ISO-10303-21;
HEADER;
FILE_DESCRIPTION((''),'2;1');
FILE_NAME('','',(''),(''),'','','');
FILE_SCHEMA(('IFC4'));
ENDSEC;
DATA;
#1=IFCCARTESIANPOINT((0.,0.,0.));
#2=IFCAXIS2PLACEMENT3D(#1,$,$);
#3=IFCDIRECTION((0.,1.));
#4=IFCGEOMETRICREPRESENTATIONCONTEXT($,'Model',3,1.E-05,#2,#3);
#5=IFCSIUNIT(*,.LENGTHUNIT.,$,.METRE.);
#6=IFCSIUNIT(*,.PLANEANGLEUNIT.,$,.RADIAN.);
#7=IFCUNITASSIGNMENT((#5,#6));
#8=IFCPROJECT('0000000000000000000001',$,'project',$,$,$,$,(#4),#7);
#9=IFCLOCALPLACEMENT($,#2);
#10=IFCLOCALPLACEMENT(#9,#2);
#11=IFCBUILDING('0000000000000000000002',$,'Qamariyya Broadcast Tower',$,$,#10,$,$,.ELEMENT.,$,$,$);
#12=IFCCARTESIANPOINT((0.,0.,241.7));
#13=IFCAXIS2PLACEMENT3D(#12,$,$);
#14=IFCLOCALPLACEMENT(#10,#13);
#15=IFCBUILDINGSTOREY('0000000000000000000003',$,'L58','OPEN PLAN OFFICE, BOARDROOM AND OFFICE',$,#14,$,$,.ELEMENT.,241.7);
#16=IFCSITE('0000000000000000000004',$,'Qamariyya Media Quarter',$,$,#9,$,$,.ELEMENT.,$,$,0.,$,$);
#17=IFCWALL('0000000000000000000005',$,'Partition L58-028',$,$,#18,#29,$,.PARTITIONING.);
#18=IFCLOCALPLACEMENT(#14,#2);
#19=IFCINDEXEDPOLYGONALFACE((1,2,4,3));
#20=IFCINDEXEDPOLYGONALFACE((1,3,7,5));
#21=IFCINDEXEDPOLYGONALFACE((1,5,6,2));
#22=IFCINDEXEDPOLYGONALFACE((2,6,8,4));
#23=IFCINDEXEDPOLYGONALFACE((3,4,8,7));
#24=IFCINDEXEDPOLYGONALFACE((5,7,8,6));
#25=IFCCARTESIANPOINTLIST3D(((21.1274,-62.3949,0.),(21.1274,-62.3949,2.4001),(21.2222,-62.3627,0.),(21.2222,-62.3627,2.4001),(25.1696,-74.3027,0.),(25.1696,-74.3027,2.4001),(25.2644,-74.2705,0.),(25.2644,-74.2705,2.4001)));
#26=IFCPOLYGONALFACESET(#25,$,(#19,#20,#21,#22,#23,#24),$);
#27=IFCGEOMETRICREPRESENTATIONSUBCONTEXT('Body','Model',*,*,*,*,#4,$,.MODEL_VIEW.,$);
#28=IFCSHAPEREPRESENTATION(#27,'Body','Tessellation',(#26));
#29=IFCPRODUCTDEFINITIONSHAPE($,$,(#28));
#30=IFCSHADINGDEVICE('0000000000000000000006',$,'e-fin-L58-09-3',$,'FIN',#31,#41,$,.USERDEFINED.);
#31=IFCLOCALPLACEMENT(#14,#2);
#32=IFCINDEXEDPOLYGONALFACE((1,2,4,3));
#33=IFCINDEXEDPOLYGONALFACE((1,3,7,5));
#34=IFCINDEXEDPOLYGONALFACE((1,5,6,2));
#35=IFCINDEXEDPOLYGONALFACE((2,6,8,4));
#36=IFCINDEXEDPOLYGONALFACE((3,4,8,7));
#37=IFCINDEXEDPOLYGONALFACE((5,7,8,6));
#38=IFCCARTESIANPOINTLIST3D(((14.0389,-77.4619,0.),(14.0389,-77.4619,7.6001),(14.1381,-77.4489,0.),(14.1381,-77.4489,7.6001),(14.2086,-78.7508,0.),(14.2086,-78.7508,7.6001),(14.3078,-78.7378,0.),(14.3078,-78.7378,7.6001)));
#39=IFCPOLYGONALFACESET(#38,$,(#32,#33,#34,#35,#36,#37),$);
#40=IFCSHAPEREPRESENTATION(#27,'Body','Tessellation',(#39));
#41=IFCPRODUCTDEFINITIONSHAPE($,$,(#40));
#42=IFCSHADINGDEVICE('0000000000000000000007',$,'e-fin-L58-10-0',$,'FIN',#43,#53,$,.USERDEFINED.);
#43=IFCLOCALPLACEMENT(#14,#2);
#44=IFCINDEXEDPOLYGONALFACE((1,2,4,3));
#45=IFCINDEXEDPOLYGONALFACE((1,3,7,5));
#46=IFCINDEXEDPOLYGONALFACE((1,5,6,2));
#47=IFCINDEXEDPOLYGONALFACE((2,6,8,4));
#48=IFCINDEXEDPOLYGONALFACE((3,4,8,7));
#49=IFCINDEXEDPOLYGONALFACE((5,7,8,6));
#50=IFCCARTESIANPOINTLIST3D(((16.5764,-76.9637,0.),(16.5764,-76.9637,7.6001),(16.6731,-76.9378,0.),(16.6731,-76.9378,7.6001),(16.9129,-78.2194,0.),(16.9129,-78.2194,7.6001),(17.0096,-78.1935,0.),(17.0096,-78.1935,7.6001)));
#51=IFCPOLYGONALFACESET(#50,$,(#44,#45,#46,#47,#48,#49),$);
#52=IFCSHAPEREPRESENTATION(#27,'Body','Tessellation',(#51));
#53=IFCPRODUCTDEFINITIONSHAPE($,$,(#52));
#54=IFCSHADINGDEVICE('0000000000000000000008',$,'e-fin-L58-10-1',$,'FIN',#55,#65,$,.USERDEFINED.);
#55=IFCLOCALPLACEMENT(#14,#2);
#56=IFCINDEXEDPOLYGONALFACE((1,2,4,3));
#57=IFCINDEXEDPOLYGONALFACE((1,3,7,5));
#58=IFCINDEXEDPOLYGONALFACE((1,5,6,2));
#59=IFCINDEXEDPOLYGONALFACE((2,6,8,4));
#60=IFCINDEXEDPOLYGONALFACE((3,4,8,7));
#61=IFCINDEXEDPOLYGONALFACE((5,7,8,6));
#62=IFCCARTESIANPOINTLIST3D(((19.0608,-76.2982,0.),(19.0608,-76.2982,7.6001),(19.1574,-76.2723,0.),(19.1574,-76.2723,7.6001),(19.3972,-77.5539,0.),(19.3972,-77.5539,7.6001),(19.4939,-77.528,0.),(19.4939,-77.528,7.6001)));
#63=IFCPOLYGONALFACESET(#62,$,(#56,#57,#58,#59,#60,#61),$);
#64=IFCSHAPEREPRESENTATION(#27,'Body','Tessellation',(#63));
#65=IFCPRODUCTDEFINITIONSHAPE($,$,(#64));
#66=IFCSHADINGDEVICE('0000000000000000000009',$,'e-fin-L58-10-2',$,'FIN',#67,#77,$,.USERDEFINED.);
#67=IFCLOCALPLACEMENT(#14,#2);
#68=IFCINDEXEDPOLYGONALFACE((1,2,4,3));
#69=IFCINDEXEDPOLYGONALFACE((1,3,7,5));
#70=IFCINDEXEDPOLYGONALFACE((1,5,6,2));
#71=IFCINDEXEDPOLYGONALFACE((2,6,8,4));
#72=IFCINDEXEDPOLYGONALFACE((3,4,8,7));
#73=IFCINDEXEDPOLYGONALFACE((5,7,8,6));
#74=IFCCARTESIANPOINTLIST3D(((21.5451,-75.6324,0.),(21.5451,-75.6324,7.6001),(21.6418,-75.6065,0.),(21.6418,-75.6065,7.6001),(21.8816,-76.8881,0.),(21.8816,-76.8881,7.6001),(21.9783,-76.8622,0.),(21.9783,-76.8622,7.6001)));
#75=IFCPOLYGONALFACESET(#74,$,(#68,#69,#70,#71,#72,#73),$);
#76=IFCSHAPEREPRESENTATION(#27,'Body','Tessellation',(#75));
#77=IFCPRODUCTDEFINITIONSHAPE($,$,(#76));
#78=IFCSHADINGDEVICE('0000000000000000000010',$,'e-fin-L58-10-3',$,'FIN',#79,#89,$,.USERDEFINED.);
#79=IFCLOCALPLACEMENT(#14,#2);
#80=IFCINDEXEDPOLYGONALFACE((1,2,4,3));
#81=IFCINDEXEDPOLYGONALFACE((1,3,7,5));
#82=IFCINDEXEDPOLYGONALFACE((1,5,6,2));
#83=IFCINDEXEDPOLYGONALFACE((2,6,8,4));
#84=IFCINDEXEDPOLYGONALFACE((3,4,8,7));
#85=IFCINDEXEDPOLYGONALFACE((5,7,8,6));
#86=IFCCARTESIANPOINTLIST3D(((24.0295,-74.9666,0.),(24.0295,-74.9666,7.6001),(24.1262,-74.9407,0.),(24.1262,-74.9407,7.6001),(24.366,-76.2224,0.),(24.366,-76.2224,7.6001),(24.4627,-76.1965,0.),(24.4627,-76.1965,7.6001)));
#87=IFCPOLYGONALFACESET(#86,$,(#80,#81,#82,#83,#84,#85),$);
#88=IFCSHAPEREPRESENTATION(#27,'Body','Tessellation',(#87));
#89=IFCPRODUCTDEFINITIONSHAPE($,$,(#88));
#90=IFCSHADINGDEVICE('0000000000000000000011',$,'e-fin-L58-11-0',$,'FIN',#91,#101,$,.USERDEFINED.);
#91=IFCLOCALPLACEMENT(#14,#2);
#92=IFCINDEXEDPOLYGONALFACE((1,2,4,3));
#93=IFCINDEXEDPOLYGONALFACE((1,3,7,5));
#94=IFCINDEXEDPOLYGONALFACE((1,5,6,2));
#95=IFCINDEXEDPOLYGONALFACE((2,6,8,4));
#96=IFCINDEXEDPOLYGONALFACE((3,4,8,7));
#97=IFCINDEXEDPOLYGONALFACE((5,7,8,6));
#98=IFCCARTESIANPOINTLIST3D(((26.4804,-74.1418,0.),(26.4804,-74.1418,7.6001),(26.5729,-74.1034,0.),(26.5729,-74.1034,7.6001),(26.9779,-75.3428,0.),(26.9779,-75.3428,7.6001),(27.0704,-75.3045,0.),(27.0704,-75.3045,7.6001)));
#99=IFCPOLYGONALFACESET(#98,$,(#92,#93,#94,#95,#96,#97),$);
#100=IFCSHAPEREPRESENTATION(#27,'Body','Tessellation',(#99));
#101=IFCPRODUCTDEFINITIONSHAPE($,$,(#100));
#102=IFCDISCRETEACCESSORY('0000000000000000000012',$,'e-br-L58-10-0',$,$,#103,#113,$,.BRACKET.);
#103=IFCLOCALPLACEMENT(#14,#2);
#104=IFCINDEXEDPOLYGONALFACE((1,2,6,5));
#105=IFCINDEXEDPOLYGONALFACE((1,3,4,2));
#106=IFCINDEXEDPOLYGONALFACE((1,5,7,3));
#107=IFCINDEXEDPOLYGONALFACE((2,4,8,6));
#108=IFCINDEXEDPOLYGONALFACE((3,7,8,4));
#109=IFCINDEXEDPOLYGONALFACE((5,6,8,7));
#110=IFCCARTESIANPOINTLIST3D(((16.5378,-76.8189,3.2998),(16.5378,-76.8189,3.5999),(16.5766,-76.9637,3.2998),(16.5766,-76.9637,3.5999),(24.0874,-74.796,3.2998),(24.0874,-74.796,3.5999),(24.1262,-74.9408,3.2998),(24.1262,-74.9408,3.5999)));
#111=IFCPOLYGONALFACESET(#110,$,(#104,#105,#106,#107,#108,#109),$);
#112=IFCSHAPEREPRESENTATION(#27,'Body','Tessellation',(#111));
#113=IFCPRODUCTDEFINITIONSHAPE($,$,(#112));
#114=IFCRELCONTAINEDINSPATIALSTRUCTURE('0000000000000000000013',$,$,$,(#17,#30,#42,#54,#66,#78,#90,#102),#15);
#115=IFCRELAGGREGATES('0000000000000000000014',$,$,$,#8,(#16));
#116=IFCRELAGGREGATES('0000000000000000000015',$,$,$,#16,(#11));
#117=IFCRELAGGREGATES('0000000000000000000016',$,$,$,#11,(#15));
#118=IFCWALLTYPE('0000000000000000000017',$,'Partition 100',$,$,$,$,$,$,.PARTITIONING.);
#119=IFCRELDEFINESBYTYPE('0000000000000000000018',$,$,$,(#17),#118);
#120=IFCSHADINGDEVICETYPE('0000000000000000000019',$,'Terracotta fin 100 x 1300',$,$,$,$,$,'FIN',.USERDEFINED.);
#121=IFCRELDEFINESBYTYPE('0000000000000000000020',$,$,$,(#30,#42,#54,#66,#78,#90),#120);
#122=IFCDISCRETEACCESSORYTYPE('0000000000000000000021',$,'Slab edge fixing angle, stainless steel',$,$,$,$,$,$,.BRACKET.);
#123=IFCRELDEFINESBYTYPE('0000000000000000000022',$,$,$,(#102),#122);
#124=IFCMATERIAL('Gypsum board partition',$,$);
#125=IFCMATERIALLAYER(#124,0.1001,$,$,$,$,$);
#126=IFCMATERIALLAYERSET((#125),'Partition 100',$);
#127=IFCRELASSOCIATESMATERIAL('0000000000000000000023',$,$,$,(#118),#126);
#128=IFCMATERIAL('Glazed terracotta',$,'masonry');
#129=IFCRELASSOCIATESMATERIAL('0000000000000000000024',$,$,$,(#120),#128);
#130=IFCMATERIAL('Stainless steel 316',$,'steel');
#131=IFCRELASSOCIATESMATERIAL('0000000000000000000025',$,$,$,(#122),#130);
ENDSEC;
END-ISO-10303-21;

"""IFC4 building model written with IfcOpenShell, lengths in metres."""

from ifc_helpers import new_model, si_unit, direction, frame, frame_2d, origin, origin_2d, place, context, subcontext, project, spatial, rectangle, extrude, material, layer, layer_set, material_profile, profile_set, type_object, element, save


model = new_model("IFC4")

# Units and contexts
model_context = context("Model", 3, precision=1e-05, world=origin(), true_north=direction((0.0, 1.0)))
body_context = subcontext(model_context, "Body", "Model", "MODEL_VIEW")
ifc_project = project(units=[si_unit("LENGTHUNIT", "METRE"), si_unit("PLANEANGLEUNIT", "RADIAN")], contexts=[model_context])

# Site, building, storey
site_placement = place(None, origin())
site = spatial("IfcSite", under=ifc_project, at=site_placement, Name="Qamariyya Media Quarter", CompositionType="ELEMENT", RefElevation=0.0)
building_placement = place(site_placement, origin())
building = spatial("IfcBuilding", under=site, at=building_placement, Name="Qamariyya Broadcast Tower", CompositionType="ELEMENT")
storey_placement = place(building_placement, frame((0.0, 0.0, 241.7)))
storey = spatial("IfcBuildingStorey", under=building, at=storey_placement, Name="L58", Description="OPEN PLAN OFFICE, BOARDROOM AND OFFICE", CompositionType="ELEMENT", Elevation=241.7)

# Shared definitions
ifc_material_1 = material(Name="Gypsum board partition")

# Wall
ifc_layer_1 = layer(ifc_material_1, 0.1001)
ifc_layer_set_1 = layer_set([ifc_layer_1], Name="Partition 100")
wall_type_1 = type_object("IfcWallType", Name="Partition 100", PredefinedType="PARTITIONING", material=ifc_layer_set_1)
wall_1_placement = place(storey_placement, frame((25.217, -74.2866, 0.0), z_axis=(0.0, 0.0, 1.0), x_axis=(-0.321447, 0.946927, 0.0)))
element("IfcWall", 1, at=wall_1_placement, inside=storey, type_object=wall_type_1, Name="Partition L58-028", PredefinedType="PARTITIONING", context=body_context, shape_type="SweptSolid", body=[
    extrude(rectangle(XDim=12.5752, YDim=0.1001, at=frame_2d((6.2876, 0.0))), origin(), (0.0, 0.0, 1.0), 2.4001),
])

# Shading devices
ifc_material_2 = material(Name="Glazed terracotta", Category="masonry")
ifc_material_profile_1 = material_profile(ifc_material_2, rectangle(XDim=1.3, YDim=0.1001, at=origin_2d()))
ifc_profile_set_1 = profile_set([ifc_material_profile_1], Name="Glazed terracotta")
shading_device_type_1 = type_object("IfcShadingDeviceType", Name="Terracotta fin 100 x 1300", ElementType="FIN", PredefinedType="USERDEFINED", material=ifc_profile_set_1)
for number, where, z_axis, x_axis, name in (
    (2, (14.1733, -78.0999, 0.0), (0.0, 0.0, 1.0), (0.130526, -0.991445, 0.0), "e-fin-L58-09-3"),
    (3, (16.793, -77.5786, 0.0), (0.0, 0.0, 1.0), (0.258819, -0.965926, 0.0), "e-fin-L58-10-0"),
    (4, (19.2773, -76.9131, 0.0), (0.0, 0.0, 1.0), (0.258819, -0.965926, 0.0), "e-fin-L58-10-1"),
    (5, (21.7617, -76.2473, 0.0), (0.0, 0.0, 1.0), (0.258819, -0.965926, 0.0), "e-fin-L58-10-2"),
    (6, (24.2461, -75.5815, 0.0), (0.0, 0.0, 1.0), (0.258819, -0.965926, 0.0), "e-fin-L58-10-3"),
    (7, (26.7754, -74.7231, 0.0), (0.0, 0.0, 1.0), (0.382683, -0.92388, 0.0), "e-fin-L58-11-0"),
):
    element("IfcShadingDevice", number, at=place(storey_placement, frame(where, z_axis=z_axis, x_axis=x_axis)), inside=storey, type_object=shading_device_type_1, Name=name, ObjectType="FIN", PredefinedType="USERDEFINED", context=body_context, shape_type="SweptSolid", body=[
        extrude(rectangle(XDim=1.3, YDim=0.1001, at=origin_2d()), origin(), (0.0, 0.0, 1.0), 7.6001),
    ])

# Discrete accessory
ifc_material_3 = material(Name="Stainless steel 316", Category="steel")
discrete_accessory_type = type_object("IfcDiscreteAccessoryType", Name="Slab edge fixing angle, stainless steel", PredefinedType="BRACKET", material=ifc_material_3)
discrete_accessory_placement = place(storey_placement, frame((20.332, -75.8799, 3.2998), z_axis=(0.0, 0.0, 1.0), x_axis=(0.965926, 0.258819, 0.0)))
element("IfcDiscreteAccessory", 8, at=discrete_accessory_placement, inside=storey, type_object=discrete_accessory_type, Name="e-br-L58-10-0", PredefinedType="BRACKET", context=body_context, shape_type="SweptSolid", body=[
    extrude(rectangle(XDim=7.8159, YDim=0.1499, at=origin_2d()), origin(), (0.0, 0.0, 1.0), 0.3),
])

save(model, "model.ifc")
